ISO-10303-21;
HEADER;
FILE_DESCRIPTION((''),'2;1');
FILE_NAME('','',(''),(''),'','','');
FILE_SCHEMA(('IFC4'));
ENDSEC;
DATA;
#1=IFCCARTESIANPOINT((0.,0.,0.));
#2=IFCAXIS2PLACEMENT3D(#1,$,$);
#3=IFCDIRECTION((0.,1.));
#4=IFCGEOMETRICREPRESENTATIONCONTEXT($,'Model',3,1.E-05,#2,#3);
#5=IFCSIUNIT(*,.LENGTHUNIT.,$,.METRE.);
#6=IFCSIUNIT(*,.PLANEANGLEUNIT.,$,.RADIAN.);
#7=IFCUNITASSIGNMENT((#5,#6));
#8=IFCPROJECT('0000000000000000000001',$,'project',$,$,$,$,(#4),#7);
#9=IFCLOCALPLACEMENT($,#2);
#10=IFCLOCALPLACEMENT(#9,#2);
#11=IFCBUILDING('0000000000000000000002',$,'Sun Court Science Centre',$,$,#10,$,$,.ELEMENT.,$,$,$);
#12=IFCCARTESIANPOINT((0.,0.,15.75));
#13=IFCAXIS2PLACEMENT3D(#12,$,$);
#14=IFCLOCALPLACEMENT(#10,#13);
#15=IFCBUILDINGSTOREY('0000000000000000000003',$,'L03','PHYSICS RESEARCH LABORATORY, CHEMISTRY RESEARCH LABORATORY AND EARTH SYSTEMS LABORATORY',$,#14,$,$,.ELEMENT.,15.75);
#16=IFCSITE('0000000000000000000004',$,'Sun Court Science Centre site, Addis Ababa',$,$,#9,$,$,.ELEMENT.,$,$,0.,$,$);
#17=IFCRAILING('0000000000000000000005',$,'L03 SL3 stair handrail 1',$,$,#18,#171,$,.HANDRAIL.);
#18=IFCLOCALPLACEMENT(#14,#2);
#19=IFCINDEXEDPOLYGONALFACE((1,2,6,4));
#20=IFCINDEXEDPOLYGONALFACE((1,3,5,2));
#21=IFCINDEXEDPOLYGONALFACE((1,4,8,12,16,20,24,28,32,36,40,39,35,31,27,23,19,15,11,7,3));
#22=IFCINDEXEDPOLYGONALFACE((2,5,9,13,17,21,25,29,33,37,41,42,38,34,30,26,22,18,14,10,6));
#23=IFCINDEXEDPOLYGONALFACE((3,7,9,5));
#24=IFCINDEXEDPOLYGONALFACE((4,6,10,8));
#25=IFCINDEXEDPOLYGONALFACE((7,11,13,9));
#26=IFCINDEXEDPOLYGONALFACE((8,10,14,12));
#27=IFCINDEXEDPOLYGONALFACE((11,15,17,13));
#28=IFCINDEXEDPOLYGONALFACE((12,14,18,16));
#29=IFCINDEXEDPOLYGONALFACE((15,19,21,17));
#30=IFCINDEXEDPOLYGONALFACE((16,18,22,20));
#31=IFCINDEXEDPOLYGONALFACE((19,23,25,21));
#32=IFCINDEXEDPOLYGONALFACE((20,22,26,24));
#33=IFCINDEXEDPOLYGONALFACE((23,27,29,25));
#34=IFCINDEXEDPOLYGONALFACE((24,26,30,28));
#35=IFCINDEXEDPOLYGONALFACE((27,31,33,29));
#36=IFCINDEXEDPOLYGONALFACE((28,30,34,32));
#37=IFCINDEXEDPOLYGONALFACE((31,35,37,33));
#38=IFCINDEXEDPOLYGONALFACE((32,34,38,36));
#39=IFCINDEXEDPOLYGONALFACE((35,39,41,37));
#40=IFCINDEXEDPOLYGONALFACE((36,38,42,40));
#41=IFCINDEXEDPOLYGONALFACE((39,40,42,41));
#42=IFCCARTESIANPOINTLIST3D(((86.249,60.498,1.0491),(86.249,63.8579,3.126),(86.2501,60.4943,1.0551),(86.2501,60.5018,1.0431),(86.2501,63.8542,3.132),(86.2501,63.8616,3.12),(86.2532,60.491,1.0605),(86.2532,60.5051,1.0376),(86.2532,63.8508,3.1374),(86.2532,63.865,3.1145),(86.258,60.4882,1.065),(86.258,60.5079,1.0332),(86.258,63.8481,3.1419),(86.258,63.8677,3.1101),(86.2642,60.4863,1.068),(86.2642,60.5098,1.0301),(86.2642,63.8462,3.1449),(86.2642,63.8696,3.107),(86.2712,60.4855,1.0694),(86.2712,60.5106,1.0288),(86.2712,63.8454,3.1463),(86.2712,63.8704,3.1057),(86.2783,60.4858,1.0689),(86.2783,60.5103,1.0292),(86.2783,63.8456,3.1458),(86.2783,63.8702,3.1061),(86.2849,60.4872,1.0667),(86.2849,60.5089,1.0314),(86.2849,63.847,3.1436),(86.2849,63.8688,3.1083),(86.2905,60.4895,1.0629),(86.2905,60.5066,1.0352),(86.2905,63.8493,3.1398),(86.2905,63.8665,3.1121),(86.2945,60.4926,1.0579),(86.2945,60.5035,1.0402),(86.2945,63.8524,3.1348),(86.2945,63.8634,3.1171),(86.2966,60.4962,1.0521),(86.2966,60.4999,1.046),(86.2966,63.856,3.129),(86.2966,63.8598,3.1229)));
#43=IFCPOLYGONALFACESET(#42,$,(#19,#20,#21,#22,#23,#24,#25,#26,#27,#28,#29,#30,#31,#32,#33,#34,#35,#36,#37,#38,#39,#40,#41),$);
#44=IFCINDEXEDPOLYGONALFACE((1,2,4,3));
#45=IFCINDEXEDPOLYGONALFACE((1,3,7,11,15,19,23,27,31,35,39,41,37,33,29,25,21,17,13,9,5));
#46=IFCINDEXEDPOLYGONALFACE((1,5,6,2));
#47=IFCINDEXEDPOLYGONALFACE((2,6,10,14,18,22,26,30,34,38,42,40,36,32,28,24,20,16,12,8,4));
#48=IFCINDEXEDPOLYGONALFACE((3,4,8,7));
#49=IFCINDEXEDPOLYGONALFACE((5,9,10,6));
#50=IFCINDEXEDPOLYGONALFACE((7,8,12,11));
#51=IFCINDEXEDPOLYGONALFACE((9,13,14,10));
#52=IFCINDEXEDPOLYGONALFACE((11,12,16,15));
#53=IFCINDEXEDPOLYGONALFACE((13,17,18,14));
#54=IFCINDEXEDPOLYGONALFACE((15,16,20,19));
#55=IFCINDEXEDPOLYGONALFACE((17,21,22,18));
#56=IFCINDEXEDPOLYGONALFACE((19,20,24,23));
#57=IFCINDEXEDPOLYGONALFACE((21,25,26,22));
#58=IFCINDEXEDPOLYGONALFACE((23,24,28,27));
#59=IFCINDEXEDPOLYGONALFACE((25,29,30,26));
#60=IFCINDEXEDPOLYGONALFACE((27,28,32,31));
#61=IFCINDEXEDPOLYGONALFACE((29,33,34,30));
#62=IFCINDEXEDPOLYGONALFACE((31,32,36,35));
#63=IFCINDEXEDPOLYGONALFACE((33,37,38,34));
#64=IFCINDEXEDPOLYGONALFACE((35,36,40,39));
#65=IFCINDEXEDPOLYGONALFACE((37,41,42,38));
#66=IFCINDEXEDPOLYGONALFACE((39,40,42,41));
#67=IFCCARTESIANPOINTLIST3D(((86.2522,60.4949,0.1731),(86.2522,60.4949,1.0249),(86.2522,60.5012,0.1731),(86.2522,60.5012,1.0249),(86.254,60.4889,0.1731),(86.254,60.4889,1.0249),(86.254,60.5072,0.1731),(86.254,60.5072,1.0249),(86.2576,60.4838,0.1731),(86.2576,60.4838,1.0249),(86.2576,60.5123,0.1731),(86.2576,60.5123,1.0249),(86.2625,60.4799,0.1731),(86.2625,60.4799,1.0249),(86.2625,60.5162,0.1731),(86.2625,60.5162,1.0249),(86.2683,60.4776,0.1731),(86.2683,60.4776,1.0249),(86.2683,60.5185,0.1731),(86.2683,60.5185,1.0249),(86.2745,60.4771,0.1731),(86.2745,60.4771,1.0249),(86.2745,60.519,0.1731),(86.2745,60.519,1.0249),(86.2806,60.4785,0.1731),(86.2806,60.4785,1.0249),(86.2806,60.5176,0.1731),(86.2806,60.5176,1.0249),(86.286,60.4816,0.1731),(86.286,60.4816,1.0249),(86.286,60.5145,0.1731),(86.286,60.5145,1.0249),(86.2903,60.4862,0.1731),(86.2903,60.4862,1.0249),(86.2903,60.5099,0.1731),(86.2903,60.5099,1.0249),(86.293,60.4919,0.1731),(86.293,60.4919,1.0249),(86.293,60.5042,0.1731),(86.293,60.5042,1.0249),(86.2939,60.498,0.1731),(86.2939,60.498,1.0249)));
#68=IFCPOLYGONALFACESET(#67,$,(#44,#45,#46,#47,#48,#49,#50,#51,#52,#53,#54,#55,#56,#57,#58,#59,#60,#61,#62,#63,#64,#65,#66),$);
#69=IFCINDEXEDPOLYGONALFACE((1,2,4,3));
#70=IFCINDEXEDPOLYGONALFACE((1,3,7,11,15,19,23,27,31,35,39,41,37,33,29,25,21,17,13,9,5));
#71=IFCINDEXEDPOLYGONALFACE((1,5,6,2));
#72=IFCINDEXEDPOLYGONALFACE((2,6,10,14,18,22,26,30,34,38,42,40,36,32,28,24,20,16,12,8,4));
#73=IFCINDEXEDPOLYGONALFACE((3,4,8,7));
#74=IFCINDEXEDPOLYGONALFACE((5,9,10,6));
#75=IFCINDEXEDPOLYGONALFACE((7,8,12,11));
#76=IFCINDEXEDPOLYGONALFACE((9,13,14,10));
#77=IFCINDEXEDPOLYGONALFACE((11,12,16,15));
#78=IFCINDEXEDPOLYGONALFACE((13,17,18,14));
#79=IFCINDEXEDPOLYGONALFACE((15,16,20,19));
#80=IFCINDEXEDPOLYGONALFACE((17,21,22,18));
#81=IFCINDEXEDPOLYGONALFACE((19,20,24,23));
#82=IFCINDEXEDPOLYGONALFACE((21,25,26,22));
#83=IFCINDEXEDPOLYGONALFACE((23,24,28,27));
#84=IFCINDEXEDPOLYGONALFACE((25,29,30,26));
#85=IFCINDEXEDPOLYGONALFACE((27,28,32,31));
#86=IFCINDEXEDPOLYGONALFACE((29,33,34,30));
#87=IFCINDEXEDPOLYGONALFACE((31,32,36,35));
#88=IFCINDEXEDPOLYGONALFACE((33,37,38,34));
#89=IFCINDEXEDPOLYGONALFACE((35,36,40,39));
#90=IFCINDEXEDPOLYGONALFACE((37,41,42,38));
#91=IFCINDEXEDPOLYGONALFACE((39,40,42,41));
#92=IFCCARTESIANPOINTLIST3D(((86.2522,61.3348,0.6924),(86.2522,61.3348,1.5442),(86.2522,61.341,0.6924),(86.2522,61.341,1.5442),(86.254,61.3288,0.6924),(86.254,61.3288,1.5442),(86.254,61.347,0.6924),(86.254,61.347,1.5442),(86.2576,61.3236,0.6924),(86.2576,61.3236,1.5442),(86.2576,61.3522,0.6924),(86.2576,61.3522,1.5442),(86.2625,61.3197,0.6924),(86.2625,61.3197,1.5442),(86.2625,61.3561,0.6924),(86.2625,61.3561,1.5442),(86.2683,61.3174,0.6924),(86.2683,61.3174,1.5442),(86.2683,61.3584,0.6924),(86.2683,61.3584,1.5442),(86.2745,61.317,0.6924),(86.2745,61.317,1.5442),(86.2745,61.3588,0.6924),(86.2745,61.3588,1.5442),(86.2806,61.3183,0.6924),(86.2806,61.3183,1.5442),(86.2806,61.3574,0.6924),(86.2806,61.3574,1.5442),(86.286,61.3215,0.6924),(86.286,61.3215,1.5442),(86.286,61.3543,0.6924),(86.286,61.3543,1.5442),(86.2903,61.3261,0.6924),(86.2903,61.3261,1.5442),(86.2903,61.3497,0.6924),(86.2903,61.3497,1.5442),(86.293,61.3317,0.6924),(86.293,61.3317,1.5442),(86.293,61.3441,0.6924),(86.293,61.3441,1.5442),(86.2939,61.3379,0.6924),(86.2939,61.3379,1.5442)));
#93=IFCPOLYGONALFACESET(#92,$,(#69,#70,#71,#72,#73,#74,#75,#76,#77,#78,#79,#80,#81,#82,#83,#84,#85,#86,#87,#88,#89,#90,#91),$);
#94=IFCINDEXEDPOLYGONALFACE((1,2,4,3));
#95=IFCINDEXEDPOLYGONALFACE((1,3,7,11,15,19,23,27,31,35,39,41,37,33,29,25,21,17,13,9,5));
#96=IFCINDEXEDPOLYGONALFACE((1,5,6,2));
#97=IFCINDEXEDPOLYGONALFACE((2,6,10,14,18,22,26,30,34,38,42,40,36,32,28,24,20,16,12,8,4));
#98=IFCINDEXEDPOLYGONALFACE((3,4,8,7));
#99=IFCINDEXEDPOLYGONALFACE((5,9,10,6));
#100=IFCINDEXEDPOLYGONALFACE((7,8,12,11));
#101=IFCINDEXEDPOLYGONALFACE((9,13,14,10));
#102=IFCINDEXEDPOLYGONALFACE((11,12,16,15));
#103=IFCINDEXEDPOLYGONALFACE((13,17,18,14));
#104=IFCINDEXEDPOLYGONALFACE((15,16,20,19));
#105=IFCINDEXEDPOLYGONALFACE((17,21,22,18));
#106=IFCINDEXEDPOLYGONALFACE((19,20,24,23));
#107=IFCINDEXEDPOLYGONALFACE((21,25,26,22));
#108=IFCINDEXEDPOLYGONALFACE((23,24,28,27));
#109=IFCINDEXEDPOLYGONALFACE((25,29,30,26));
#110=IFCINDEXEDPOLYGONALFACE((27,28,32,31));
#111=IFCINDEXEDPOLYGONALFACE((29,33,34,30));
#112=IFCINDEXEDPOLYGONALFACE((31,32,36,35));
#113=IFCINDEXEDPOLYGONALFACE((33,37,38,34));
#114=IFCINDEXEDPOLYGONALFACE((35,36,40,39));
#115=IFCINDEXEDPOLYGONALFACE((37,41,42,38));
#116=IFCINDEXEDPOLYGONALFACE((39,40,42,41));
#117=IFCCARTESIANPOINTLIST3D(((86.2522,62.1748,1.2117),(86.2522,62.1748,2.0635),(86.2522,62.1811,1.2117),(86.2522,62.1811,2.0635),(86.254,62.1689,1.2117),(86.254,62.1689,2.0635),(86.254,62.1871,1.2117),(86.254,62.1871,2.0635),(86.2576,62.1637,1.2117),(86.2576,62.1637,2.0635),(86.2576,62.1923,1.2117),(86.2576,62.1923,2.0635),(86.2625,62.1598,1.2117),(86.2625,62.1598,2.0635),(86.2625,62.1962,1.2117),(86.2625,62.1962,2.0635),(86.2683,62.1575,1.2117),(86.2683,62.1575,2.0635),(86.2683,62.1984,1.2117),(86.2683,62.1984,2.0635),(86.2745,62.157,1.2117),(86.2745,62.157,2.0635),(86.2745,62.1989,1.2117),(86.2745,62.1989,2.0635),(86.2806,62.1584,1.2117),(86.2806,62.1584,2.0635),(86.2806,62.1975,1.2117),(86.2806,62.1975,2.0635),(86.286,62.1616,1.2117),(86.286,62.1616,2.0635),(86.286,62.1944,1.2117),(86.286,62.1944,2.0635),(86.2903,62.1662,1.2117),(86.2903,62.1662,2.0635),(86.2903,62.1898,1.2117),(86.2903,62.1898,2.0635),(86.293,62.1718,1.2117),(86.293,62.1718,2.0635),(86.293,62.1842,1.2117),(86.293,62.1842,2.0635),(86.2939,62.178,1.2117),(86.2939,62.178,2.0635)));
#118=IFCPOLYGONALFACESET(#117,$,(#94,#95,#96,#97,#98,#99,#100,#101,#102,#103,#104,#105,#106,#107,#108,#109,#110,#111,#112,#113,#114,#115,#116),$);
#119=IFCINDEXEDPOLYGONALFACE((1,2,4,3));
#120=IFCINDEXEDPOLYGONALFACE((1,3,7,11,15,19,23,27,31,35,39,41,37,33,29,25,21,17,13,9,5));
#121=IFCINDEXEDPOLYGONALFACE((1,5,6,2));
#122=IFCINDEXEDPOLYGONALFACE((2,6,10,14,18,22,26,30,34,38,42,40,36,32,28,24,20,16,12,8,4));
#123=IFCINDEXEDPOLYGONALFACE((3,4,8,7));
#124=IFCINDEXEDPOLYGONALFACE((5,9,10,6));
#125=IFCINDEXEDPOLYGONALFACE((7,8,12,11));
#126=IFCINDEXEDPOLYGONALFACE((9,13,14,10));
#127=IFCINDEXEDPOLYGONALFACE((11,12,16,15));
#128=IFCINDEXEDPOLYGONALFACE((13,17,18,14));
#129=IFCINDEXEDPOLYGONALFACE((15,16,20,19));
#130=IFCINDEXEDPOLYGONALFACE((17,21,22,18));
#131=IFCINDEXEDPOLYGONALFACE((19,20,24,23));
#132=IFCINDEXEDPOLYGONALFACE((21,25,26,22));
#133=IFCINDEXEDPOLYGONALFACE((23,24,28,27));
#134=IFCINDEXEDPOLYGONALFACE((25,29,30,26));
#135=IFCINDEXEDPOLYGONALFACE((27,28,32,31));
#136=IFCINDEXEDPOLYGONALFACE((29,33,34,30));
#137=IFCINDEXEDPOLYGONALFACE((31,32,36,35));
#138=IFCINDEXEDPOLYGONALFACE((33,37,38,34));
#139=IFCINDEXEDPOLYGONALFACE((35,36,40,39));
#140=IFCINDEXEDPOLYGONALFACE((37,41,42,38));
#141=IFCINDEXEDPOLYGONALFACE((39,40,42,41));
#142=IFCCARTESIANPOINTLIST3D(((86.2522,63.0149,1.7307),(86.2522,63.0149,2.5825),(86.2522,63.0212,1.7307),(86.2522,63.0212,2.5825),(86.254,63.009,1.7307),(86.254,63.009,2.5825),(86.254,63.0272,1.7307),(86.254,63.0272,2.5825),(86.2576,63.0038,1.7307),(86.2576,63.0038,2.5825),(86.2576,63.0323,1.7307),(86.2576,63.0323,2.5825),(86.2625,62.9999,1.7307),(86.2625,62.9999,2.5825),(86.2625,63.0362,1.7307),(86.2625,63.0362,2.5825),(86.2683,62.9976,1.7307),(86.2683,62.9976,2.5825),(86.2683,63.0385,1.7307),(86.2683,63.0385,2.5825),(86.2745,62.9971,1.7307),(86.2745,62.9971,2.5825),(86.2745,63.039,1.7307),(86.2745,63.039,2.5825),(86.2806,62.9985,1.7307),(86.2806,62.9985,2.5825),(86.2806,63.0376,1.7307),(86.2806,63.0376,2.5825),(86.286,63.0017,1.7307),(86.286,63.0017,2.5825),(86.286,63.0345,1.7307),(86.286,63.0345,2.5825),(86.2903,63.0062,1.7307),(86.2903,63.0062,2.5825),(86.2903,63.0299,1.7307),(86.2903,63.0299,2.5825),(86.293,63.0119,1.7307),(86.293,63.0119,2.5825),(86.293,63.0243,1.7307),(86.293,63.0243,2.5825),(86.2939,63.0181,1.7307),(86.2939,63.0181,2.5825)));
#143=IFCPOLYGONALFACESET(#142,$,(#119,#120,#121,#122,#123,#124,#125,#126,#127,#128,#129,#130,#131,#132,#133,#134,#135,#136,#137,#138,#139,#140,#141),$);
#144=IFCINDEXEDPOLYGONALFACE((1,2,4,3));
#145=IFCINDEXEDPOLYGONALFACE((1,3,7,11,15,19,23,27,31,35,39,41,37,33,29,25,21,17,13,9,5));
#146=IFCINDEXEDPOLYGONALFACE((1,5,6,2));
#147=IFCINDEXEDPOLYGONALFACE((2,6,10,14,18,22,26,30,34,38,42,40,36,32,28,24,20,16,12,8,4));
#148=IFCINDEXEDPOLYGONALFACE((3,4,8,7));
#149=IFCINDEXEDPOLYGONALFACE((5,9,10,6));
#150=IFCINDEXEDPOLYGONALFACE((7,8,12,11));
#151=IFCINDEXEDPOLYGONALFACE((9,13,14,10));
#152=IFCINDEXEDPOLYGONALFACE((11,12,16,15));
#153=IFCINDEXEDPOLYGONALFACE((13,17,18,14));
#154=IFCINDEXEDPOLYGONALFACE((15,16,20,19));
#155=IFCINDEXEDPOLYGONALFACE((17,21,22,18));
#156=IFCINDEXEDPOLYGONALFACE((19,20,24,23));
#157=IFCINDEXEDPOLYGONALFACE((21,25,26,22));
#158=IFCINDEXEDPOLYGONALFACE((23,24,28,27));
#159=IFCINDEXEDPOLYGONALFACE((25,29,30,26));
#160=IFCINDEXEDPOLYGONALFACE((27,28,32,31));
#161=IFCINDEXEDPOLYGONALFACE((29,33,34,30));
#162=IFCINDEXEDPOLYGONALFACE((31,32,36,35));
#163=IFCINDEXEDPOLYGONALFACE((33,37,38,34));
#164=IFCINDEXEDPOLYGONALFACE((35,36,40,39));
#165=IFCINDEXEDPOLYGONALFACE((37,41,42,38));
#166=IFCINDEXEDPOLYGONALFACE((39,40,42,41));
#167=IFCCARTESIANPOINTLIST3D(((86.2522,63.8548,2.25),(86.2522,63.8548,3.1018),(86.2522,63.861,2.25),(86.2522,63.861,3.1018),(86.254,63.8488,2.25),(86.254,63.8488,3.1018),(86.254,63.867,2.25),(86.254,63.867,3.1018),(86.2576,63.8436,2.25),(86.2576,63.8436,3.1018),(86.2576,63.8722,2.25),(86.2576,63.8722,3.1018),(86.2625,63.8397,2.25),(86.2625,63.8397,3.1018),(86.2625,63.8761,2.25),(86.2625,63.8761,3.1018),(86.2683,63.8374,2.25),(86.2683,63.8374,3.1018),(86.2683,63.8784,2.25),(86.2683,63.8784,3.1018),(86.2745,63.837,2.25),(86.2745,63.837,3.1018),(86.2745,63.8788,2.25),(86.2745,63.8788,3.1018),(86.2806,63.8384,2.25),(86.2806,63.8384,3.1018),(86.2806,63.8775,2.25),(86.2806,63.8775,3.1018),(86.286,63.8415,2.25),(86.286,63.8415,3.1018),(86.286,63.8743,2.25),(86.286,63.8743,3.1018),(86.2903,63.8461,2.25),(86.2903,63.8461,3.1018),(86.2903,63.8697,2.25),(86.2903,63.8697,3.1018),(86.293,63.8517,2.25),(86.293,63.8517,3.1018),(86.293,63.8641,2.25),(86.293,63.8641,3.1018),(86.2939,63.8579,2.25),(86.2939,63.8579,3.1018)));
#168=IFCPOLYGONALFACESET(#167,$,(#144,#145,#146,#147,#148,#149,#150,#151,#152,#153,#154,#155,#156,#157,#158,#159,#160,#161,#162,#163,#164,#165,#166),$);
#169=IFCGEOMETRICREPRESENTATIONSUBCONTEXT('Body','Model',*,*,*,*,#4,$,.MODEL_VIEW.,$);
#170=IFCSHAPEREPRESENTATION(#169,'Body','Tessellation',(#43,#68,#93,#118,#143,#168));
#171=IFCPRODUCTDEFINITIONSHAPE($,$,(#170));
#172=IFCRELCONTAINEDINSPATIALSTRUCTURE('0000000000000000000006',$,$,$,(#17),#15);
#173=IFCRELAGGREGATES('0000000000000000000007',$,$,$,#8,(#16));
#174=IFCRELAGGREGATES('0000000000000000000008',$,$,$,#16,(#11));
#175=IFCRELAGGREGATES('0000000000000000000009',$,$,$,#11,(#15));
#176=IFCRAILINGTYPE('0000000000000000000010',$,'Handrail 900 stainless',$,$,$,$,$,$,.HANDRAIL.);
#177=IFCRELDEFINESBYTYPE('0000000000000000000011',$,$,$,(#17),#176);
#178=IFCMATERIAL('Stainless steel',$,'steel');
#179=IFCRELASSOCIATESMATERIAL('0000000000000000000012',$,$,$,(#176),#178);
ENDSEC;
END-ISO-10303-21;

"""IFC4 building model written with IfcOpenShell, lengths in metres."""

from ifc_helpers import new_model, si_unit, direction, frame, origin, origin_2d, place, context, subcontext, project, spatial, circle, extrude, material, type_object, element, save


model = new_model("IFC4")

# Units and contexts
model_context = context("Model", 3, precision=1e-05, world=origin(), true_north=direction((0.0, 1.0)))
body_context = subcontext(model_context, "Body", "Model", "MODEL_VIEW")
ifc_project = project(units=[si_unit("LENGTHUNIT", "METRE"), si_unit("PLANEANGLEUNIT", "RADIAN")], contexts=[model_context])

# Site, building, storey
site_placement = place(None, origin())
site = spatial("IfcSite", under=ifc_project, at=site_placement, Name="Sun Court Science Centre site, Addis Ababa", CompositionType="ELEMENT", RefElevation=0.0)
building_placement = place(site_placement, origin())
building = spatial("IfcBuilding", under=site, at=building_placement, Name="Sun Court Science Centre", CompositionType="ELEMENT")
storey_placement = place(building_placement, frame((0.0, 0.0, 15.75)))
storey = spatial("IfcBuildingStorey", under=building, at=storey_placement, Name="L03", Description="PHYSICS RESEARCH LABORATORY, CHEMISTRY RESEARCH LABORATORY AND EARTH SYSTEMS LABORATORY", CompositionType="ELEMENT", Elevation=15.75)

# Railing
ifc_material_1 = material(Name="Stainless steel", Category="steel")
railing_type_1 = type_object("IfcRailingType", Name="Handrail 900 stainless", PredefinedType="HANDRAIL", material=ifc_material_1)
railing_1_placement = place(storey_placement, frame((86.2729, 60.498, 0.1731)))
element("IfcRailing", 1, at=railing_1_placement, inside=storey, type_object=railing_type_1, Name="L03 SL3 stair handrail 1", PredefinedType="HANDRAIL", context=body_context, shape_type="SweptSolid", body=[
    extrude(circle(Radius=0.0239, at=origin_2d()), frame((0.0, 0.0, 0.876), z_axis=(0.0, 0.850606, 0.525803), x_axis=(-1.0, 0.0, 0.0)), (0.0, 0.0, 1.0), 3.95),
    extrude(circle(Radius=0.021, at=origin_2d()), origin(), (0.0, 0.0, 1.0), 0.8518),
    extrude(circle(Radius=0.021, at=origin_2d()), frame((0.0, 0.8398, 0.5193)), (0.0, 0.0, 1.0), 0.8518),
    extrude(circle(Radius=0.021, at=origin_2d()), frame((0.0, 1.6799, 1.0386)), (0.0, 0.0, 1.0), 0.8518),
    extrude(circle(Radius=0.021, at=origin_2d()), frame((0.0, 2.52, 1.5576)), (0.0, 0.0, 1.0), 0.8518),
    extrude(circle(Radius=0.021, at=origin_2d()), frame((0.0, 3.3599, 2.0769)), (0.0, 0.0, 1.0), 0.8518),
])

save(model, "model.ifc")
